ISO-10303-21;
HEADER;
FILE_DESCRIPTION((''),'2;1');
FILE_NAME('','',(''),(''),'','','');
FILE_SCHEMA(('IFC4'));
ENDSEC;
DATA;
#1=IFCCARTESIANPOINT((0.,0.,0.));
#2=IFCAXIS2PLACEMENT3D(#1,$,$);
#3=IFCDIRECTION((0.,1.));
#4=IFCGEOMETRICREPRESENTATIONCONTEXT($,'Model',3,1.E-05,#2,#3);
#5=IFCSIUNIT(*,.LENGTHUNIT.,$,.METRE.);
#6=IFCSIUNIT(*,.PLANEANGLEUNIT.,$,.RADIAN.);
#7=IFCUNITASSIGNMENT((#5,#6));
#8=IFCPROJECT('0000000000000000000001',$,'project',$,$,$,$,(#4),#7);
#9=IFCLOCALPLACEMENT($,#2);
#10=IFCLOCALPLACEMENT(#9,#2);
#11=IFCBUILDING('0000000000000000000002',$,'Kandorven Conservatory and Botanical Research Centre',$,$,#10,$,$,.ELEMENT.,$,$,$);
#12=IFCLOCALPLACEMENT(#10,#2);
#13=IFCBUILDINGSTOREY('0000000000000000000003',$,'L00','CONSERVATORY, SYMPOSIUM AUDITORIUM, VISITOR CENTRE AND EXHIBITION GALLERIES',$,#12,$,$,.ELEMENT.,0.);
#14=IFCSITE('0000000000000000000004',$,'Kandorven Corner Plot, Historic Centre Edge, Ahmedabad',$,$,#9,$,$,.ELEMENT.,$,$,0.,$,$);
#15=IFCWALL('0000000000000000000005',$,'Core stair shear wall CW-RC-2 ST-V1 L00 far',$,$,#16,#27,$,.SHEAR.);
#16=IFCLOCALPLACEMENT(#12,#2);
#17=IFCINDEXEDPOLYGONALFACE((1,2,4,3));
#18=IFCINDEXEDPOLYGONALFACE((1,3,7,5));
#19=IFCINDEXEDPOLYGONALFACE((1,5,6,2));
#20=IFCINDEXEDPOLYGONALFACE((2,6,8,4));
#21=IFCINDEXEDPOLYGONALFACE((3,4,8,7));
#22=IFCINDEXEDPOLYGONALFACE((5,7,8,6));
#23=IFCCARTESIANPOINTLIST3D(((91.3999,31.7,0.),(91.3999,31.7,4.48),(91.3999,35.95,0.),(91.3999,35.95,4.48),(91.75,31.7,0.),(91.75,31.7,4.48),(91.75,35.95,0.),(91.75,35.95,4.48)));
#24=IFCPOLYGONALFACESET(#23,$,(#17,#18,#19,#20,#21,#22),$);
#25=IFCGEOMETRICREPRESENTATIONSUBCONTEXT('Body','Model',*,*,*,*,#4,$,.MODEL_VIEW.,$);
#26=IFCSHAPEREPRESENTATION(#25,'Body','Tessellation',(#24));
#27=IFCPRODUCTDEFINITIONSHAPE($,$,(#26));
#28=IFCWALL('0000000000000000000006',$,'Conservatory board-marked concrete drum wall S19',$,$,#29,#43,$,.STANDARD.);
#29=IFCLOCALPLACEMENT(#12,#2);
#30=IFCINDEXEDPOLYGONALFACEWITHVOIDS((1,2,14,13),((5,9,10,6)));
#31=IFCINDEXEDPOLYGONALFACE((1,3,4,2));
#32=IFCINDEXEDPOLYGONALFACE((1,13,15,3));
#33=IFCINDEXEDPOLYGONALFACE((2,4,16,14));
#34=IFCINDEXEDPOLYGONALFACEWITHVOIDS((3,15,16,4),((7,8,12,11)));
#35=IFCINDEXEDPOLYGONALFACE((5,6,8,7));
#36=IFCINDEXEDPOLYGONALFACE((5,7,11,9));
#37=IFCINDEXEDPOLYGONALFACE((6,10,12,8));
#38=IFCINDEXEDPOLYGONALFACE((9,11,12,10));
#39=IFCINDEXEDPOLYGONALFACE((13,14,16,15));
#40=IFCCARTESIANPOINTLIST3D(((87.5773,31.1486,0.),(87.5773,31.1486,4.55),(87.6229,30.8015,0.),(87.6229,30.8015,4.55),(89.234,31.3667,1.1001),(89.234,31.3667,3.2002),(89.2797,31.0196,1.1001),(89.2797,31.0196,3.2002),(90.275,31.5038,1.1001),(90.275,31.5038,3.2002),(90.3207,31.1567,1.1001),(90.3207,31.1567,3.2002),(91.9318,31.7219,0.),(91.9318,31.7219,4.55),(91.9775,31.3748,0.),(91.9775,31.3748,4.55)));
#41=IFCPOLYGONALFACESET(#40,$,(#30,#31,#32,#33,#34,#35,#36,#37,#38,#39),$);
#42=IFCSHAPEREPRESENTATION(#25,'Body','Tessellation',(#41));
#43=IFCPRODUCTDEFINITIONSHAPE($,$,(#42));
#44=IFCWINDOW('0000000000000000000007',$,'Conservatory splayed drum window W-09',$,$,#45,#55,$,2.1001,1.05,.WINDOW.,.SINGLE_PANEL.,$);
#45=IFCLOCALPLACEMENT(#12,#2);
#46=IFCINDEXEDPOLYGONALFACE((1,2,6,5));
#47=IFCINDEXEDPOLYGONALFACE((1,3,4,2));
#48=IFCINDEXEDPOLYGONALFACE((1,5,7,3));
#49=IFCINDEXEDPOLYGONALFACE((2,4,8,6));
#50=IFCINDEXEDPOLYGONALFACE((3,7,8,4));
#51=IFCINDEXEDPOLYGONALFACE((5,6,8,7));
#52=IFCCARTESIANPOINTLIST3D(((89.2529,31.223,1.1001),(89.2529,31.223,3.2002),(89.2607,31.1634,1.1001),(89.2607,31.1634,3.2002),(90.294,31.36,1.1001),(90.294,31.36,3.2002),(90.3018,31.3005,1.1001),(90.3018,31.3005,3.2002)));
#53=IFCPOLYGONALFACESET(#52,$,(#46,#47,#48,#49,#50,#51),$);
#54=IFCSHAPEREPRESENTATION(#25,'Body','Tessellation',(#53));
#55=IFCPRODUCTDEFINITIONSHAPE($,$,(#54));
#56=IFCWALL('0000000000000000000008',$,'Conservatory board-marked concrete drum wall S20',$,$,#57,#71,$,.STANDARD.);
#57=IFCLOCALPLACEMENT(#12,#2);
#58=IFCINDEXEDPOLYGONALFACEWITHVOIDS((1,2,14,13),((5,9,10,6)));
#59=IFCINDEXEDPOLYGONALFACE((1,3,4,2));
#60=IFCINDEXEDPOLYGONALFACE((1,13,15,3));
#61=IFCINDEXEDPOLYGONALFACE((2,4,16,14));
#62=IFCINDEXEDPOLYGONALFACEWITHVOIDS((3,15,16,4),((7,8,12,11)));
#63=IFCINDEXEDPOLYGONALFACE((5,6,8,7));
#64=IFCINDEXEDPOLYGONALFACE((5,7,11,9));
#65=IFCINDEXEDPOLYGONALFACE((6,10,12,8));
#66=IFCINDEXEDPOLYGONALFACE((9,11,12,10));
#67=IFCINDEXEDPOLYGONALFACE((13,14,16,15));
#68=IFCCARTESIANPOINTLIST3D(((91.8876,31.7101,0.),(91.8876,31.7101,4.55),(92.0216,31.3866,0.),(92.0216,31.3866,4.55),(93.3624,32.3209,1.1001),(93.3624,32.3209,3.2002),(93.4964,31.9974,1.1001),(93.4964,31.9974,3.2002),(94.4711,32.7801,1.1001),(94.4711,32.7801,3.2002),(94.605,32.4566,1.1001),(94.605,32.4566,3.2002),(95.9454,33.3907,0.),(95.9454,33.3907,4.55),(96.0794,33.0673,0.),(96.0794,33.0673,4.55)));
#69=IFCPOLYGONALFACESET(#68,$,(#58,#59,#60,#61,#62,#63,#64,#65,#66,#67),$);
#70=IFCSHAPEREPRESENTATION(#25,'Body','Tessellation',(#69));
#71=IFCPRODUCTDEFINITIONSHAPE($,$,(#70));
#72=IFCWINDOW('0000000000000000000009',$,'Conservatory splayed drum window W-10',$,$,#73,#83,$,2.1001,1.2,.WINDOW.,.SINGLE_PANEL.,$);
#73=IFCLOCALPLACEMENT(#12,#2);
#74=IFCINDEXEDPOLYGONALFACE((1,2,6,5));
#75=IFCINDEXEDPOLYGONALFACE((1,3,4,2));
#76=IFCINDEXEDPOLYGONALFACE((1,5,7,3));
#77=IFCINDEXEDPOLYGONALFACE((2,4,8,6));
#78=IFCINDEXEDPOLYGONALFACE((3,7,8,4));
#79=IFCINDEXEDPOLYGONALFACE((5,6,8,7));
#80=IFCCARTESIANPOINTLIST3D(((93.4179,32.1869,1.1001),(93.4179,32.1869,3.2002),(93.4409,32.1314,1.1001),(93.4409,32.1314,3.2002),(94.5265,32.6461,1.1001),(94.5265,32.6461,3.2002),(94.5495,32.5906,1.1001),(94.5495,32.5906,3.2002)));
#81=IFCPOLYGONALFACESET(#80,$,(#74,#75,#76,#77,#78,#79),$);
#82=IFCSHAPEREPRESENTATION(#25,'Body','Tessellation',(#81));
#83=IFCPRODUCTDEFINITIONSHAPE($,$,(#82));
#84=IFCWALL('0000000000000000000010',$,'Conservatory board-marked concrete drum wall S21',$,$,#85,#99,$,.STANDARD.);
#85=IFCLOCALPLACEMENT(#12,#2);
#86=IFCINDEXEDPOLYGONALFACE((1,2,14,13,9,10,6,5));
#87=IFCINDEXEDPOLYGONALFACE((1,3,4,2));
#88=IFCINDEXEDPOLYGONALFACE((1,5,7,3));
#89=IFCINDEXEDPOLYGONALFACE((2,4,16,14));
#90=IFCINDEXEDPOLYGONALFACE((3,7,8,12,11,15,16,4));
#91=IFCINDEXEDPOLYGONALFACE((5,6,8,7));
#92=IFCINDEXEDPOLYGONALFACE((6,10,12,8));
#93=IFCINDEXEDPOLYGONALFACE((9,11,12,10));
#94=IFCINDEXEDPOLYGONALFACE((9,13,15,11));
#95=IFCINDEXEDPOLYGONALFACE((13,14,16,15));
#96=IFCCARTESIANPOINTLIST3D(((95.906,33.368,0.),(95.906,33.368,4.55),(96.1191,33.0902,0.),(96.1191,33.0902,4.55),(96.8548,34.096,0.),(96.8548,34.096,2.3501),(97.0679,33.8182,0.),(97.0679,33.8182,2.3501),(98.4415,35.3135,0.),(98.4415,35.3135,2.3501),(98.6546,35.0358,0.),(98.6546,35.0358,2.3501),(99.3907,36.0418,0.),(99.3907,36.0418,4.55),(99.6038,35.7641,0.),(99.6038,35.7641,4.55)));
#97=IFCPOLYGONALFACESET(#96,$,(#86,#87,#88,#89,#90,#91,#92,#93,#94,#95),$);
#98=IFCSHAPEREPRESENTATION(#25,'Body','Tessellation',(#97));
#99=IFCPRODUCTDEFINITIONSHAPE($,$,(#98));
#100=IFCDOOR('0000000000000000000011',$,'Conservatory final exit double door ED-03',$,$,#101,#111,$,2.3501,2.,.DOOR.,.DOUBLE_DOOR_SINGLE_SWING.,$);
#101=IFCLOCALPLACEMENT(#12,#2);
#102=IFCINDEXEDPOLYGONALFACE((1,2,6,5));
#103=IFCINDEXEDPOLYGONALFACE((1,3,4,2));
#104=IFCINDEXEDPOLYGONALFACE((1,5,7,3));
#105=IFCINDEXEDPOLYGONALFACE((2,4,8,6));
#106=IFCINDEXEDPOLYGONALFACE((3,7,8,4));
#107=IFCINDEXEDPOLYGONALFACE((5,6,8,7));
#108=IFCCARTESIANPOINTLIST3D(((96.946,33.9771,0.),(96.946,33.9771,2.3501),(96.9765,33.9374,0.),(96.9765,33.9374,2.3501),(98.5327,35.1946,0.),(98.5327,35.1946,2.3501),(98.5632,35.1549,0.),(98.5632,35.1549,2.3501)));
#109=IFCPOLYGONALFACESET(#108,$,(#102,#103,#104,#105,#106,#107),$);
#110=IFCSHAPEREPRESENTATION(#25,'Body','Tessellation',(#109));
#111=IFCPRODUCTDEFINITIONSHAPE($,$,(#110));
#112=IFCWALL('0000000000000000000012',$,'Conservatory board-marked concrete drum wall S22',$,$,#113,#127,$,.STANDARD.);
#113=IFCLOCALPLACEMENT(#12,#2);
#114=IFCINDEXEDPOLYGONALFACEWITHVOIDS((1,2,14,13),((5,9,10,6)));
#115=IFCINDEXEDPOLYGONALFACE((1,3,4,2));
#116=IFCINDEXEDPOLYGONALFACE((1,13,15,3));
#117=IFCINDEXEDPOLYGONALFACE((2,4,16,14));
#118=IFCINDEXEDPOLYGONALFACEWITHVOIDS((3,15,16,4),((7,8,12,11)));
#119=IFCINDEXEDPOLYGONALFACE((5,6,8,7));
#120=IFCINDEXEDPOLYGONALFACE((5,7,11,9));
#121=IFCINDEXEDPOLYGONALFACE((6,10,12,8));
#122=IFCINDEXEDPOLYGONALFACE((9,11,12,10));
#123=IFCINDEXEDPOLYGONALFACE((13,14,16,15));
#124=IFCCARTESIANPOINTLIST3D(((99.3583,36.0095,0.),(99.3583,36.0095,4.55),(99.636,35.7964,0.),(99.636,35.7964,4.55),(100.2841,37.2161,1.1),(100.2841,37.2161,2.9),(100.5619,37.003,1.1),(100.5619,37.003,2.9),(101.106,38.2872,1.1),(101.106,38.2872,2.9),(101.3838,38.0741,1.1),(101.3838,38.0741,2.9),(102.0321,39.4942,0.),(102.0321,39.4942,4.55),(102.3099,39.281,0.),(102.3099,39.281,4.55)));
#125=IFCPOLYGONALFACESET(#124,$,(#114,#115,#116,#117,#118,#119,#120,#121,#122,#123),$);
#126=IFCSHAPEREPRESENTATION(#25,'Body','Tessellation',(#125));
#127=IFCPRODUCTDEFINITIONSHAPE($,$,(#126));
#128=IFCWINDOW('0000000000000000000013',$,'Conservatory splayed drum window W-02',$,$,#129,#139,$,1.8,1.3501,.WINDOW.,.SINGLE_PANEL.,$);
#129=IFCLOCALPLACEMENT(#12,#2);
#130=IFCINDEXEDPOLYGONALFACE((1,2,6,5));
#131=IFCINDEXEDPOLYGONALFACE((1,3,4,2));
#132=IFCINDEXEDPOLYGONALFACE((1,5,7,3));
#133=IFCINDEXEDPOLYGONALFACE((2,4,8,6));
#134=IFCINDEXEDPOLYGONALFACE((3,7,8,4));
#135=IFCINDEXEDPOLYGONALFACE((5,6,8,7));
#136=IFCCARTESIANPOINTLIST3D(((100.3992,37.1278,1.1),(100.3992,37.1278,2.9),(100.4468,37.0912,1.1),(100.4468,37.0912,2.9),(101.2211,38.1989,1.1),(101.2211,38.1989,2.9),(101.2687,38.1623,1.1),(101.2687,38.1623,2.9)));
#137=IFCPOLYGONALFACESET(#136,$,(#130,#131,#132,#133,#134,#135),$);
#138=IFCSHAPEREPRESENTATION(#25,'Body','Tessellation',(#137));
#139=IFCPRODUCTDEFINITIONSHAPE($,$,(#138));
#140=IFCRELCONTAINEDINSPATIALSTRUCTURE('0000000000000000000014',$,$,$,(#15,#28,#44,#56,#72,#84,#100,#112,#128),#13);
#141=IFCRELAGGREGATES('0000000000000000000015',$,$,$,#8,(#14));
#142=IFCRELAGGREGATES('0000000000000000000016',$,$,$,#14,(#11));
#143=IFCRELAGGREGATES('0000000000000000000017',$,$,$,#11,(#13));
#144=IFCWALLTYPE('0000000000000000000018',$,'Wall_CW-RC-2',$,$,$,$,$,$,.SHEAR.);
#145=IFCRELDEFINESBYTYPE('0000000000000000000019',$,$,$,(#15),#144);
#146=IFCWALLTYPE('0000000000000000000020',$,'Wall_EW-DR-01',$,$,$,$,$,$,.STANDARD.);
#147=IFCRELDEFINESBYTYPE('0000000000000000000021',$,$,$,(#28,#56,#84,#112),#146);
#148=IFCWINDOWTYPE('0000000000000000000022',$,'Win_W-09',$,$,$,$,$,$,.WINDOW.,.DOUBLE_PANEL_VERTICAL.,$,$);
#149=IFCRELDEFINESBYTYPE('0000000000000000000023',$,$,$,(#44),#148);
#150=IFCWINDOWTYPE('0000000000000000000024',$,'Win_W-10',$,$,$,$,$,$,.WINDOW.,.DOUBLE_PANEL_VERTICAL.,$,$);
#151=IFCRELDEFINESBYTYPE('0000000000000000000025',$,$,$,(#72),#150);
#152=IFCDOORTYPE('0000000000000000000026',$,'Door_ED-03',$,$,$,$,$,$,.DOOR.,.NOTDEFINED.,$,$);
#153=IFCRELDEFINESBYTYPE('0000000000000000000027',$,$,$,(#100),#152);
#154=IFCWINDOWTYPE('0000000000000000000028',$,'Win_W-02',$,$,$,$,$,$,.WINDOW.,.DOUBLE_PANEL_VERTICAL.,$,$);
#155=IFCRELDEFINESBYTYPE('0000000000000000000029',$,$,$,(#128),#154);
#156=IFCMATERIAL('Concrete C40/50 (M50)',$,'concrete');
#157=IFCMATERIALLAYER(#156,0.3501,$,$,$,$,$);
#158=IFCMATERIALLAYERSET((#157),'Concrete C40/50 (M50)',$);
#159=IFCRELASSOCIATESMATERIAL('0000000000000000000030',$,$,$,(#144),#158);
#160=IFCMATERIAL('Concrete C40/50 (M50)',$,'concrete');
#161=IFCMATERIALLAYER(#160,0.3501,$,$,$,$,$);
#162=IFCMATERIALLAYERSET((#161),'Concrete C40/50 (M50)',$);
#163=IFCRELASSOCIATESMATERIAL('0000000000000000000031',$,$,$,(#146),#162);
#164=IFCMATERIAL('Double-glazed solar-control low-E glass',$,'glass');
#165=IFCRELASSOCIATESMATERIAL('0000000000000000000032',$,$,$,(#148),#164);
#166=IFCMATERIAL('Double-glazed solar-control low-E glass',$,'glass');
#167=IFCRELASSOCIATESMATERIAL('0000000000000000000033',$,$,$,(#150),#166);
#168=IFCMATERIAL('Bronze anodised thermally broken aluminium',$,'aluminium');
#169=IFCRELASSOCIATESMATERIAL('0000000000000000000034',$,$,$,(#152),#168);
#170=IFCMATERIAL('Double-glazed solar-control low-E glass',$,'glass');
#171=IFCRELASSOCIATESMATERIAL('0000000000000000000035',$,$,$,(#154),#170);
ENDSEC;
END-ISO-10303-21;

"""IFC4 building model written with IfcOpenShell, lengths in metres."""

from ifc_helpers import new_model, si_unit, direction, frame, frame_2d, origin, place, context, subcontext, project, spatial, rectangle, extrude, material, layer, layer_set, type_object, element, fill, save


model = new_model("IFC4")

# Units and contexts
model_context = context("Model", 3, precision=1e-05, world=origin(), true_north=direction((0.0, 1.0)))
body_context = subcontext(model_context, "Body", "Model", "MODEL_VIEW")
ifc_project = project(units=[si_unit("LENGTHUNIT", "METRE"), si_unit("PLANEANGLEUNIT", "RADIAN")], contexts=[model_context])

# Site, building, storey
site_placement = place(None, origin())
site = spatial("IfcSite", under=ifc_project, at=site_placement, Name="Kandorven Corner Plot, Historic Centre Edge, Ahmedabad", CompositionType="ELEMENT", RefElevation=0.0)
building_placement = place(site_placement, origin())
building = spatial("IfcBuilding", under=site, at=building_placement, Name="Kandorven Conservatory and Botanical Research Centre", CompositionType="ELEMENT")
storey_placement = place(building_placement, origin())
storey = spatial("IfcBuildingStorey", under=building, at=storey_placement, Name="L00", Description="CONSERVATORY, SYMPOSIUM AUDITORIUM, VISITOR CENTRE AND EXHIBITION GALLERIES", CompositionType="ELEMENT", Elevation=0.0)

# Wall
ifc_material_1 = material(Name="Concrete C40/50 (M50)", Category="concrete")
ifc_layer_1 = layer(ifc_material_1, 0.3501)
ifc_layer_set_1 = layer_set([ifc_layer_1], Name="Concrete C40/50 (M50)")
wall_type_1 = type_object("IfcWallType", Name="Wall_CW-RC-2", PredefinedType="SHEAR", material=ifc_layer_set_1)
wall_1_placement = place(storey_placement, frame((91.575, 31.7, 0.0), z_axis=(0.0, 0.0, 1.0), x_axis=(0.0, 1.0, 0.0)))
element("IfcWall", 1, at=wall_1_placement, inside=storey, type_object=wall_type_1, Name="Core stair shear wall CW-RC-2 ST-V1 L00 far", PredefinedType="SHEAR", context=body_context, shape_type="SweptSolid", body=[
    extrude(rectangle(XDim=4.25, YDim=0.3501, at=frame_2d((2.125, 0.0))), origin(), (0.0, 0.0, 1.0), 4.48),
])

# Walls, openings, windows
ifc_material_2 = material(Name="Concrete C40/50 (M50)", Category="concrete")
ifc_layer_2 = layer(ifc_material_2, 0.3501)
ifc_layer_set_2 = layer_set([ifc_layer_2], Name="Concrete C40/50 (M50)")
wall_type_2 = type_object("IfcWallType", Name="Wall_EW-DR-01", PredefinedType="STANDARD", material=ifc_layer_set_2)
wall_2_placement = place(storey_placement, frame((87.6001, 30.9751, 0.0), z_axis=(0.0, 0.0, 1.0), x_axis=(0.991446, 0.130518, 0.0)))
wall_2 = element("IfcWall", 2, at=wall_2_placement, inside=storey, type_object=wall_type_2, Name="Conservatory board-marked concrete drum wall S19", PredefinedType="STANDARD", context=body_context, shape_type="SweptSolid", body=[
    extrude(rectangle(XDim=4.3921, YDim=0.3501, at=frame_2d((2.196, 0.0))), origin(), (0.0, 0.0, 1.0), 4.55),
])
opening_1_placement = place(wall_2_placement, frame((1.6711, 0.0, 1.1001)))
opening_1 = element("IfcOpeningElement", 3, at=opening_1_placement, cuts=wall_2, PredefinedType="OPENING", context=body_context, shape_type="SweptSolid", body=[
    extrude(rectangle(XDim=1.05, YDim=2.1001, at=frame_2d((0.5249, 1.05))), frame((0.0, 0.1851, 0.0), z_axis=(0.0, -1.0, 0.0), x_axis=(1.0, 0.0, 0.0)), (0.0, 0.0, 1.0), 0.3701),
])
ifc_material_3 = material(Name="Double-glazed solar-control low-E glass", Category="glass")
window_type_1 = type_object("IfcWindowType", Name="Win_W-09", PartitioningType="DOUBLE_PANEL_VERTICAL", PredefinedType="WINDOW", material=ifc_material_3)
window_1_placement = place(opening_1_placement, origin())
window_1 = element("IfcWindow", 4, at=window_1_placement, inside=storey, type_object=window_type_1, Name="Conservatory splayed drum window W-09", OverallHeight=2.1001, OverallWidth=1.05, PartitioningType="SINGLE_PANEL", PredefinedType="WINDOW", context=body_context, shape_type="SweptSolid", body=[
    extrude(rectangle(XDim=1.05, YDim=2.1001, at=frame_2d((0.5249, 1.05))), frame((0.0, 0.03, 0.0), z_axis=(0.0, -1.0, 0.0), x_axis=(1.0, 0.0, 0.0)), (0.0, 0.0, 1.0), 0.0601),
])
fill(opening_1, window_1)
wall_3_placement = place(storey_placement, frame((91.9546, 31.5483, 0.0), z_axis=(0.0, 0.0, 1.0), x_axis=(0.923892, 0.382653, 0.0)))
wall_3 = element("IfcWall", 5, at=wall_3_placement, inside=storey, type_object=wall_type_2, Name="Conservatory board-marked concrete drum wall S20", PredefinedType="STANDARD", context=body_context, shape_type="SweptSolid", body=[
    extrude(rectangle(XDim=4.3921, YDim=0.3501, at=frame_2d((2.196, 0.0))), origin(), (0.0, 0.0, 1.0), 4.55),
])
opening_2_placement = place(wall_3_placement, frame((1.5962, 0.0, 1.1001)))
opening_2 = element("IfcOpeningElement", 6, at=opening_2_placement, cuts=wall_3, PredefinedType="OPENING", context=body_context, shape_type="SweptSolid", body=[
    extrude(rectangle(XDim=1.2, YDim=2.1001, at=frame_2d((0.6001, 1.05))), frame((0.0, 0.1851, 0.0), z_axis=(0.0, -1.0, 0.0), x_axis=(1.0, 0.0, 0.0)), (0.0, 0.0, 1.0), 0.3701),
])
ifc_material_4 = material(Name="Double-glazed solar-control low-E glass", Category="glass")
window_type_2 = type_object("IfcWindowType", Name="Win_W-10", PartitioningType="DOUBLE_PANEL_VERTICAL", PredefinedType="WINDOW", material=ifc_material_4)
window_2_placement = place(opening_2_placement, origin())
window_2 = element("IfcWindow", 7, at=window_2_placement, inside=storey, type_object=window_type_2, Name="Conservatory splayed drum window W-10", OverallHeight=2.1001, OverallWidth=1.2, PartitioningType="SINGLE_PANEL", PredefinedType="WINDOW", context=body_context, shape_type="SweptSolid", body=[
    extrude(rectangle(XDim=1.2, YDim=2.1001, at=frame_2d((0.6001, 1.05))), frame((0.0, 0.03, 0.0), z_axis=(0.0, -1.0, 0.0), x_axis=(1.0, 0.0, 0.0)), (0.0, 0.0, 1.0), 0.0601),
])
fill(opening_2, window_2)

# Wall, opening, door
wall_4_placement = place(storey_placement, frame((96.0125, 33.229, 0.0), z_axis=(0.0, 0.0, 1.0), x_axis=(0.793355, 0.608759, 0.0)))
wall_4 = element("IfcWall", 8, at=wall_4_placement, inside=storey, type_object=wall_type_2, Name="Conservatory board-marked concrete drum wall S21", PredefinedType="STANDARD", context=body_context, shape_type="SweptSolid", body=[
    extrude(rectangle(XDim=4.3923, YDim=0.3501, at=frame_2d((2.1963, 0.0))), origin(), (0.0, 0.0, 1.0), 4.55),
])
opening_3_placement = place(wall_4_placement, frame((1.196, 0.0, 0.0)))
opening_3 = element("IfcOpeningElement", 9, at=opening_3_placement, cuts=wall_4, PredefinedType="OPENING", context=body_context, shape_type="SweptSolid", body=[
    extrude(rectangle(XDim=2.0, YDim=2.3501, at=frame_2d((1.0, 1.175))), frame((0.0, 0.1851, 0.0), z_axis=(0.0, -1.0, 0.0), x_axis=(1.0, 0.0, 0.0)), (0.0, 0.0, 1.0), 0.3701),
])
ifc_material_5 = material(Name="Bronze anodised thermally broken aluminium", Category="aluminium")
door_type = type_object("IfcDoorType", Name="Door_ED-03", OperationType="NOTDEFINED", PredefinedType="DOOR", material=ifc_material_5)
door_placement = place(opening_3_placement, frame((2.0, 0.0, 0.0), z_axis=(0.0, 0.0, 1.0), x_axis=(-1.0, 0.0, 0.0)))
door = element("IfcDoor", 10, at=door_placement, inside=storey, type_object=door_type, Name="Conservatory final exit double door ED-03", OperationType="DOUBLE_DOOR_SINGLE_SWING", OverallHeight=2.3501, OverallWidth=2.0, PredefinedType="DOOR", context=body_context, shape_type="SweptSolid", body=[
    extrude(rectangle(XDim=2.0, YDim=2.3501, at=frame_2d((1.0, 1.175))), frame((0.0, 0.0249, 0.0), z_axis=(0.0, -1.0, 0.0), x_axis=(1.0, 0.0, 0.0)), (0.0, 0.0, 1.0), 0.05),
])
fill(opening_3, door)

# Wall, opening, window
wall_5_placement = place(storey_placement, frame((99.4971, 35.9028, 0.0), z_axis=(0.0, 0.0, 1.0), x_axis=(0.608759, 0.793355, 0.0)))
wall_5 = element("IfcWall", 11, at=wall_5_placement, inside=storey, type_object=wall_type_2, Name="Conservatory board-marked concrete drum wall S22", PredefinedType="STANDARD", context=body_context, shape_type="SweptSolid", body=[
    extrude(rectangle(XDim=4.3923, YDim=0.3501, at=frame_2d((2.1963, 0.0))), origin(), (0.0, 0.0, 1.0), 4.55),
])
opening_4_placement = place(wall_5_placement, frame((1.521, 0.0, 1.1001)))
opening_4 = element("IfcOpeningElement", 12, at=opening_4_placement, cuts=wall_5, PredefinedType="OPENING", context=body_context, shape_type="SweptSolid", body=[
    extrude(rectangle(XDim=1.3501, YDim=1.8, at=frame_2d((0.675, 0.8999))), frame((0.0, 0.1851, 0.0), z_axis=(0.0, -1.0, 0.0), x_axis=(1.0, 0.0, 0.0)), (0.0, 0.0, 1.0), 0.3701),
])
ifc_material_6 = material(Name="Double-glazed solar-control low-E glass", Category="glass")
window_type_3 = type_object("IfcWindowType", Name="Win_W-02", PartitioningType="DOUBLE_PANEL_VERTICAL", PredefinedType="WINDOW", material=ifc_material_6)
window_3_placement = place(opening_4_placement, origin())
window_3 = element("IfcWindow", 13, at=window_3_placement, inside=storey, type_object=window_type_3, Name="Conservatory splayed drum window W-02", OverallHeight=1.8, OverallWidth=1.3501, PartitioningType="SINGLE_PANEL", PredefinedType="WINDOW", context=body_context, shape_type="SweptSolid", body=[
    extrude(rectangle(XDim=1.3501, YDim=1.8, at=frame_2d((0.675, 0.8999))), frame((0.0, 0.03, 0.0), z_axis=(0.0, -1.0, 0.0), x_axis=(1.0, 0.0, 0.0)), (0.0, 0.0, 1.0), 0.0601),
])
fill(opening_4, window_3)

save(model, "model.ifc")
